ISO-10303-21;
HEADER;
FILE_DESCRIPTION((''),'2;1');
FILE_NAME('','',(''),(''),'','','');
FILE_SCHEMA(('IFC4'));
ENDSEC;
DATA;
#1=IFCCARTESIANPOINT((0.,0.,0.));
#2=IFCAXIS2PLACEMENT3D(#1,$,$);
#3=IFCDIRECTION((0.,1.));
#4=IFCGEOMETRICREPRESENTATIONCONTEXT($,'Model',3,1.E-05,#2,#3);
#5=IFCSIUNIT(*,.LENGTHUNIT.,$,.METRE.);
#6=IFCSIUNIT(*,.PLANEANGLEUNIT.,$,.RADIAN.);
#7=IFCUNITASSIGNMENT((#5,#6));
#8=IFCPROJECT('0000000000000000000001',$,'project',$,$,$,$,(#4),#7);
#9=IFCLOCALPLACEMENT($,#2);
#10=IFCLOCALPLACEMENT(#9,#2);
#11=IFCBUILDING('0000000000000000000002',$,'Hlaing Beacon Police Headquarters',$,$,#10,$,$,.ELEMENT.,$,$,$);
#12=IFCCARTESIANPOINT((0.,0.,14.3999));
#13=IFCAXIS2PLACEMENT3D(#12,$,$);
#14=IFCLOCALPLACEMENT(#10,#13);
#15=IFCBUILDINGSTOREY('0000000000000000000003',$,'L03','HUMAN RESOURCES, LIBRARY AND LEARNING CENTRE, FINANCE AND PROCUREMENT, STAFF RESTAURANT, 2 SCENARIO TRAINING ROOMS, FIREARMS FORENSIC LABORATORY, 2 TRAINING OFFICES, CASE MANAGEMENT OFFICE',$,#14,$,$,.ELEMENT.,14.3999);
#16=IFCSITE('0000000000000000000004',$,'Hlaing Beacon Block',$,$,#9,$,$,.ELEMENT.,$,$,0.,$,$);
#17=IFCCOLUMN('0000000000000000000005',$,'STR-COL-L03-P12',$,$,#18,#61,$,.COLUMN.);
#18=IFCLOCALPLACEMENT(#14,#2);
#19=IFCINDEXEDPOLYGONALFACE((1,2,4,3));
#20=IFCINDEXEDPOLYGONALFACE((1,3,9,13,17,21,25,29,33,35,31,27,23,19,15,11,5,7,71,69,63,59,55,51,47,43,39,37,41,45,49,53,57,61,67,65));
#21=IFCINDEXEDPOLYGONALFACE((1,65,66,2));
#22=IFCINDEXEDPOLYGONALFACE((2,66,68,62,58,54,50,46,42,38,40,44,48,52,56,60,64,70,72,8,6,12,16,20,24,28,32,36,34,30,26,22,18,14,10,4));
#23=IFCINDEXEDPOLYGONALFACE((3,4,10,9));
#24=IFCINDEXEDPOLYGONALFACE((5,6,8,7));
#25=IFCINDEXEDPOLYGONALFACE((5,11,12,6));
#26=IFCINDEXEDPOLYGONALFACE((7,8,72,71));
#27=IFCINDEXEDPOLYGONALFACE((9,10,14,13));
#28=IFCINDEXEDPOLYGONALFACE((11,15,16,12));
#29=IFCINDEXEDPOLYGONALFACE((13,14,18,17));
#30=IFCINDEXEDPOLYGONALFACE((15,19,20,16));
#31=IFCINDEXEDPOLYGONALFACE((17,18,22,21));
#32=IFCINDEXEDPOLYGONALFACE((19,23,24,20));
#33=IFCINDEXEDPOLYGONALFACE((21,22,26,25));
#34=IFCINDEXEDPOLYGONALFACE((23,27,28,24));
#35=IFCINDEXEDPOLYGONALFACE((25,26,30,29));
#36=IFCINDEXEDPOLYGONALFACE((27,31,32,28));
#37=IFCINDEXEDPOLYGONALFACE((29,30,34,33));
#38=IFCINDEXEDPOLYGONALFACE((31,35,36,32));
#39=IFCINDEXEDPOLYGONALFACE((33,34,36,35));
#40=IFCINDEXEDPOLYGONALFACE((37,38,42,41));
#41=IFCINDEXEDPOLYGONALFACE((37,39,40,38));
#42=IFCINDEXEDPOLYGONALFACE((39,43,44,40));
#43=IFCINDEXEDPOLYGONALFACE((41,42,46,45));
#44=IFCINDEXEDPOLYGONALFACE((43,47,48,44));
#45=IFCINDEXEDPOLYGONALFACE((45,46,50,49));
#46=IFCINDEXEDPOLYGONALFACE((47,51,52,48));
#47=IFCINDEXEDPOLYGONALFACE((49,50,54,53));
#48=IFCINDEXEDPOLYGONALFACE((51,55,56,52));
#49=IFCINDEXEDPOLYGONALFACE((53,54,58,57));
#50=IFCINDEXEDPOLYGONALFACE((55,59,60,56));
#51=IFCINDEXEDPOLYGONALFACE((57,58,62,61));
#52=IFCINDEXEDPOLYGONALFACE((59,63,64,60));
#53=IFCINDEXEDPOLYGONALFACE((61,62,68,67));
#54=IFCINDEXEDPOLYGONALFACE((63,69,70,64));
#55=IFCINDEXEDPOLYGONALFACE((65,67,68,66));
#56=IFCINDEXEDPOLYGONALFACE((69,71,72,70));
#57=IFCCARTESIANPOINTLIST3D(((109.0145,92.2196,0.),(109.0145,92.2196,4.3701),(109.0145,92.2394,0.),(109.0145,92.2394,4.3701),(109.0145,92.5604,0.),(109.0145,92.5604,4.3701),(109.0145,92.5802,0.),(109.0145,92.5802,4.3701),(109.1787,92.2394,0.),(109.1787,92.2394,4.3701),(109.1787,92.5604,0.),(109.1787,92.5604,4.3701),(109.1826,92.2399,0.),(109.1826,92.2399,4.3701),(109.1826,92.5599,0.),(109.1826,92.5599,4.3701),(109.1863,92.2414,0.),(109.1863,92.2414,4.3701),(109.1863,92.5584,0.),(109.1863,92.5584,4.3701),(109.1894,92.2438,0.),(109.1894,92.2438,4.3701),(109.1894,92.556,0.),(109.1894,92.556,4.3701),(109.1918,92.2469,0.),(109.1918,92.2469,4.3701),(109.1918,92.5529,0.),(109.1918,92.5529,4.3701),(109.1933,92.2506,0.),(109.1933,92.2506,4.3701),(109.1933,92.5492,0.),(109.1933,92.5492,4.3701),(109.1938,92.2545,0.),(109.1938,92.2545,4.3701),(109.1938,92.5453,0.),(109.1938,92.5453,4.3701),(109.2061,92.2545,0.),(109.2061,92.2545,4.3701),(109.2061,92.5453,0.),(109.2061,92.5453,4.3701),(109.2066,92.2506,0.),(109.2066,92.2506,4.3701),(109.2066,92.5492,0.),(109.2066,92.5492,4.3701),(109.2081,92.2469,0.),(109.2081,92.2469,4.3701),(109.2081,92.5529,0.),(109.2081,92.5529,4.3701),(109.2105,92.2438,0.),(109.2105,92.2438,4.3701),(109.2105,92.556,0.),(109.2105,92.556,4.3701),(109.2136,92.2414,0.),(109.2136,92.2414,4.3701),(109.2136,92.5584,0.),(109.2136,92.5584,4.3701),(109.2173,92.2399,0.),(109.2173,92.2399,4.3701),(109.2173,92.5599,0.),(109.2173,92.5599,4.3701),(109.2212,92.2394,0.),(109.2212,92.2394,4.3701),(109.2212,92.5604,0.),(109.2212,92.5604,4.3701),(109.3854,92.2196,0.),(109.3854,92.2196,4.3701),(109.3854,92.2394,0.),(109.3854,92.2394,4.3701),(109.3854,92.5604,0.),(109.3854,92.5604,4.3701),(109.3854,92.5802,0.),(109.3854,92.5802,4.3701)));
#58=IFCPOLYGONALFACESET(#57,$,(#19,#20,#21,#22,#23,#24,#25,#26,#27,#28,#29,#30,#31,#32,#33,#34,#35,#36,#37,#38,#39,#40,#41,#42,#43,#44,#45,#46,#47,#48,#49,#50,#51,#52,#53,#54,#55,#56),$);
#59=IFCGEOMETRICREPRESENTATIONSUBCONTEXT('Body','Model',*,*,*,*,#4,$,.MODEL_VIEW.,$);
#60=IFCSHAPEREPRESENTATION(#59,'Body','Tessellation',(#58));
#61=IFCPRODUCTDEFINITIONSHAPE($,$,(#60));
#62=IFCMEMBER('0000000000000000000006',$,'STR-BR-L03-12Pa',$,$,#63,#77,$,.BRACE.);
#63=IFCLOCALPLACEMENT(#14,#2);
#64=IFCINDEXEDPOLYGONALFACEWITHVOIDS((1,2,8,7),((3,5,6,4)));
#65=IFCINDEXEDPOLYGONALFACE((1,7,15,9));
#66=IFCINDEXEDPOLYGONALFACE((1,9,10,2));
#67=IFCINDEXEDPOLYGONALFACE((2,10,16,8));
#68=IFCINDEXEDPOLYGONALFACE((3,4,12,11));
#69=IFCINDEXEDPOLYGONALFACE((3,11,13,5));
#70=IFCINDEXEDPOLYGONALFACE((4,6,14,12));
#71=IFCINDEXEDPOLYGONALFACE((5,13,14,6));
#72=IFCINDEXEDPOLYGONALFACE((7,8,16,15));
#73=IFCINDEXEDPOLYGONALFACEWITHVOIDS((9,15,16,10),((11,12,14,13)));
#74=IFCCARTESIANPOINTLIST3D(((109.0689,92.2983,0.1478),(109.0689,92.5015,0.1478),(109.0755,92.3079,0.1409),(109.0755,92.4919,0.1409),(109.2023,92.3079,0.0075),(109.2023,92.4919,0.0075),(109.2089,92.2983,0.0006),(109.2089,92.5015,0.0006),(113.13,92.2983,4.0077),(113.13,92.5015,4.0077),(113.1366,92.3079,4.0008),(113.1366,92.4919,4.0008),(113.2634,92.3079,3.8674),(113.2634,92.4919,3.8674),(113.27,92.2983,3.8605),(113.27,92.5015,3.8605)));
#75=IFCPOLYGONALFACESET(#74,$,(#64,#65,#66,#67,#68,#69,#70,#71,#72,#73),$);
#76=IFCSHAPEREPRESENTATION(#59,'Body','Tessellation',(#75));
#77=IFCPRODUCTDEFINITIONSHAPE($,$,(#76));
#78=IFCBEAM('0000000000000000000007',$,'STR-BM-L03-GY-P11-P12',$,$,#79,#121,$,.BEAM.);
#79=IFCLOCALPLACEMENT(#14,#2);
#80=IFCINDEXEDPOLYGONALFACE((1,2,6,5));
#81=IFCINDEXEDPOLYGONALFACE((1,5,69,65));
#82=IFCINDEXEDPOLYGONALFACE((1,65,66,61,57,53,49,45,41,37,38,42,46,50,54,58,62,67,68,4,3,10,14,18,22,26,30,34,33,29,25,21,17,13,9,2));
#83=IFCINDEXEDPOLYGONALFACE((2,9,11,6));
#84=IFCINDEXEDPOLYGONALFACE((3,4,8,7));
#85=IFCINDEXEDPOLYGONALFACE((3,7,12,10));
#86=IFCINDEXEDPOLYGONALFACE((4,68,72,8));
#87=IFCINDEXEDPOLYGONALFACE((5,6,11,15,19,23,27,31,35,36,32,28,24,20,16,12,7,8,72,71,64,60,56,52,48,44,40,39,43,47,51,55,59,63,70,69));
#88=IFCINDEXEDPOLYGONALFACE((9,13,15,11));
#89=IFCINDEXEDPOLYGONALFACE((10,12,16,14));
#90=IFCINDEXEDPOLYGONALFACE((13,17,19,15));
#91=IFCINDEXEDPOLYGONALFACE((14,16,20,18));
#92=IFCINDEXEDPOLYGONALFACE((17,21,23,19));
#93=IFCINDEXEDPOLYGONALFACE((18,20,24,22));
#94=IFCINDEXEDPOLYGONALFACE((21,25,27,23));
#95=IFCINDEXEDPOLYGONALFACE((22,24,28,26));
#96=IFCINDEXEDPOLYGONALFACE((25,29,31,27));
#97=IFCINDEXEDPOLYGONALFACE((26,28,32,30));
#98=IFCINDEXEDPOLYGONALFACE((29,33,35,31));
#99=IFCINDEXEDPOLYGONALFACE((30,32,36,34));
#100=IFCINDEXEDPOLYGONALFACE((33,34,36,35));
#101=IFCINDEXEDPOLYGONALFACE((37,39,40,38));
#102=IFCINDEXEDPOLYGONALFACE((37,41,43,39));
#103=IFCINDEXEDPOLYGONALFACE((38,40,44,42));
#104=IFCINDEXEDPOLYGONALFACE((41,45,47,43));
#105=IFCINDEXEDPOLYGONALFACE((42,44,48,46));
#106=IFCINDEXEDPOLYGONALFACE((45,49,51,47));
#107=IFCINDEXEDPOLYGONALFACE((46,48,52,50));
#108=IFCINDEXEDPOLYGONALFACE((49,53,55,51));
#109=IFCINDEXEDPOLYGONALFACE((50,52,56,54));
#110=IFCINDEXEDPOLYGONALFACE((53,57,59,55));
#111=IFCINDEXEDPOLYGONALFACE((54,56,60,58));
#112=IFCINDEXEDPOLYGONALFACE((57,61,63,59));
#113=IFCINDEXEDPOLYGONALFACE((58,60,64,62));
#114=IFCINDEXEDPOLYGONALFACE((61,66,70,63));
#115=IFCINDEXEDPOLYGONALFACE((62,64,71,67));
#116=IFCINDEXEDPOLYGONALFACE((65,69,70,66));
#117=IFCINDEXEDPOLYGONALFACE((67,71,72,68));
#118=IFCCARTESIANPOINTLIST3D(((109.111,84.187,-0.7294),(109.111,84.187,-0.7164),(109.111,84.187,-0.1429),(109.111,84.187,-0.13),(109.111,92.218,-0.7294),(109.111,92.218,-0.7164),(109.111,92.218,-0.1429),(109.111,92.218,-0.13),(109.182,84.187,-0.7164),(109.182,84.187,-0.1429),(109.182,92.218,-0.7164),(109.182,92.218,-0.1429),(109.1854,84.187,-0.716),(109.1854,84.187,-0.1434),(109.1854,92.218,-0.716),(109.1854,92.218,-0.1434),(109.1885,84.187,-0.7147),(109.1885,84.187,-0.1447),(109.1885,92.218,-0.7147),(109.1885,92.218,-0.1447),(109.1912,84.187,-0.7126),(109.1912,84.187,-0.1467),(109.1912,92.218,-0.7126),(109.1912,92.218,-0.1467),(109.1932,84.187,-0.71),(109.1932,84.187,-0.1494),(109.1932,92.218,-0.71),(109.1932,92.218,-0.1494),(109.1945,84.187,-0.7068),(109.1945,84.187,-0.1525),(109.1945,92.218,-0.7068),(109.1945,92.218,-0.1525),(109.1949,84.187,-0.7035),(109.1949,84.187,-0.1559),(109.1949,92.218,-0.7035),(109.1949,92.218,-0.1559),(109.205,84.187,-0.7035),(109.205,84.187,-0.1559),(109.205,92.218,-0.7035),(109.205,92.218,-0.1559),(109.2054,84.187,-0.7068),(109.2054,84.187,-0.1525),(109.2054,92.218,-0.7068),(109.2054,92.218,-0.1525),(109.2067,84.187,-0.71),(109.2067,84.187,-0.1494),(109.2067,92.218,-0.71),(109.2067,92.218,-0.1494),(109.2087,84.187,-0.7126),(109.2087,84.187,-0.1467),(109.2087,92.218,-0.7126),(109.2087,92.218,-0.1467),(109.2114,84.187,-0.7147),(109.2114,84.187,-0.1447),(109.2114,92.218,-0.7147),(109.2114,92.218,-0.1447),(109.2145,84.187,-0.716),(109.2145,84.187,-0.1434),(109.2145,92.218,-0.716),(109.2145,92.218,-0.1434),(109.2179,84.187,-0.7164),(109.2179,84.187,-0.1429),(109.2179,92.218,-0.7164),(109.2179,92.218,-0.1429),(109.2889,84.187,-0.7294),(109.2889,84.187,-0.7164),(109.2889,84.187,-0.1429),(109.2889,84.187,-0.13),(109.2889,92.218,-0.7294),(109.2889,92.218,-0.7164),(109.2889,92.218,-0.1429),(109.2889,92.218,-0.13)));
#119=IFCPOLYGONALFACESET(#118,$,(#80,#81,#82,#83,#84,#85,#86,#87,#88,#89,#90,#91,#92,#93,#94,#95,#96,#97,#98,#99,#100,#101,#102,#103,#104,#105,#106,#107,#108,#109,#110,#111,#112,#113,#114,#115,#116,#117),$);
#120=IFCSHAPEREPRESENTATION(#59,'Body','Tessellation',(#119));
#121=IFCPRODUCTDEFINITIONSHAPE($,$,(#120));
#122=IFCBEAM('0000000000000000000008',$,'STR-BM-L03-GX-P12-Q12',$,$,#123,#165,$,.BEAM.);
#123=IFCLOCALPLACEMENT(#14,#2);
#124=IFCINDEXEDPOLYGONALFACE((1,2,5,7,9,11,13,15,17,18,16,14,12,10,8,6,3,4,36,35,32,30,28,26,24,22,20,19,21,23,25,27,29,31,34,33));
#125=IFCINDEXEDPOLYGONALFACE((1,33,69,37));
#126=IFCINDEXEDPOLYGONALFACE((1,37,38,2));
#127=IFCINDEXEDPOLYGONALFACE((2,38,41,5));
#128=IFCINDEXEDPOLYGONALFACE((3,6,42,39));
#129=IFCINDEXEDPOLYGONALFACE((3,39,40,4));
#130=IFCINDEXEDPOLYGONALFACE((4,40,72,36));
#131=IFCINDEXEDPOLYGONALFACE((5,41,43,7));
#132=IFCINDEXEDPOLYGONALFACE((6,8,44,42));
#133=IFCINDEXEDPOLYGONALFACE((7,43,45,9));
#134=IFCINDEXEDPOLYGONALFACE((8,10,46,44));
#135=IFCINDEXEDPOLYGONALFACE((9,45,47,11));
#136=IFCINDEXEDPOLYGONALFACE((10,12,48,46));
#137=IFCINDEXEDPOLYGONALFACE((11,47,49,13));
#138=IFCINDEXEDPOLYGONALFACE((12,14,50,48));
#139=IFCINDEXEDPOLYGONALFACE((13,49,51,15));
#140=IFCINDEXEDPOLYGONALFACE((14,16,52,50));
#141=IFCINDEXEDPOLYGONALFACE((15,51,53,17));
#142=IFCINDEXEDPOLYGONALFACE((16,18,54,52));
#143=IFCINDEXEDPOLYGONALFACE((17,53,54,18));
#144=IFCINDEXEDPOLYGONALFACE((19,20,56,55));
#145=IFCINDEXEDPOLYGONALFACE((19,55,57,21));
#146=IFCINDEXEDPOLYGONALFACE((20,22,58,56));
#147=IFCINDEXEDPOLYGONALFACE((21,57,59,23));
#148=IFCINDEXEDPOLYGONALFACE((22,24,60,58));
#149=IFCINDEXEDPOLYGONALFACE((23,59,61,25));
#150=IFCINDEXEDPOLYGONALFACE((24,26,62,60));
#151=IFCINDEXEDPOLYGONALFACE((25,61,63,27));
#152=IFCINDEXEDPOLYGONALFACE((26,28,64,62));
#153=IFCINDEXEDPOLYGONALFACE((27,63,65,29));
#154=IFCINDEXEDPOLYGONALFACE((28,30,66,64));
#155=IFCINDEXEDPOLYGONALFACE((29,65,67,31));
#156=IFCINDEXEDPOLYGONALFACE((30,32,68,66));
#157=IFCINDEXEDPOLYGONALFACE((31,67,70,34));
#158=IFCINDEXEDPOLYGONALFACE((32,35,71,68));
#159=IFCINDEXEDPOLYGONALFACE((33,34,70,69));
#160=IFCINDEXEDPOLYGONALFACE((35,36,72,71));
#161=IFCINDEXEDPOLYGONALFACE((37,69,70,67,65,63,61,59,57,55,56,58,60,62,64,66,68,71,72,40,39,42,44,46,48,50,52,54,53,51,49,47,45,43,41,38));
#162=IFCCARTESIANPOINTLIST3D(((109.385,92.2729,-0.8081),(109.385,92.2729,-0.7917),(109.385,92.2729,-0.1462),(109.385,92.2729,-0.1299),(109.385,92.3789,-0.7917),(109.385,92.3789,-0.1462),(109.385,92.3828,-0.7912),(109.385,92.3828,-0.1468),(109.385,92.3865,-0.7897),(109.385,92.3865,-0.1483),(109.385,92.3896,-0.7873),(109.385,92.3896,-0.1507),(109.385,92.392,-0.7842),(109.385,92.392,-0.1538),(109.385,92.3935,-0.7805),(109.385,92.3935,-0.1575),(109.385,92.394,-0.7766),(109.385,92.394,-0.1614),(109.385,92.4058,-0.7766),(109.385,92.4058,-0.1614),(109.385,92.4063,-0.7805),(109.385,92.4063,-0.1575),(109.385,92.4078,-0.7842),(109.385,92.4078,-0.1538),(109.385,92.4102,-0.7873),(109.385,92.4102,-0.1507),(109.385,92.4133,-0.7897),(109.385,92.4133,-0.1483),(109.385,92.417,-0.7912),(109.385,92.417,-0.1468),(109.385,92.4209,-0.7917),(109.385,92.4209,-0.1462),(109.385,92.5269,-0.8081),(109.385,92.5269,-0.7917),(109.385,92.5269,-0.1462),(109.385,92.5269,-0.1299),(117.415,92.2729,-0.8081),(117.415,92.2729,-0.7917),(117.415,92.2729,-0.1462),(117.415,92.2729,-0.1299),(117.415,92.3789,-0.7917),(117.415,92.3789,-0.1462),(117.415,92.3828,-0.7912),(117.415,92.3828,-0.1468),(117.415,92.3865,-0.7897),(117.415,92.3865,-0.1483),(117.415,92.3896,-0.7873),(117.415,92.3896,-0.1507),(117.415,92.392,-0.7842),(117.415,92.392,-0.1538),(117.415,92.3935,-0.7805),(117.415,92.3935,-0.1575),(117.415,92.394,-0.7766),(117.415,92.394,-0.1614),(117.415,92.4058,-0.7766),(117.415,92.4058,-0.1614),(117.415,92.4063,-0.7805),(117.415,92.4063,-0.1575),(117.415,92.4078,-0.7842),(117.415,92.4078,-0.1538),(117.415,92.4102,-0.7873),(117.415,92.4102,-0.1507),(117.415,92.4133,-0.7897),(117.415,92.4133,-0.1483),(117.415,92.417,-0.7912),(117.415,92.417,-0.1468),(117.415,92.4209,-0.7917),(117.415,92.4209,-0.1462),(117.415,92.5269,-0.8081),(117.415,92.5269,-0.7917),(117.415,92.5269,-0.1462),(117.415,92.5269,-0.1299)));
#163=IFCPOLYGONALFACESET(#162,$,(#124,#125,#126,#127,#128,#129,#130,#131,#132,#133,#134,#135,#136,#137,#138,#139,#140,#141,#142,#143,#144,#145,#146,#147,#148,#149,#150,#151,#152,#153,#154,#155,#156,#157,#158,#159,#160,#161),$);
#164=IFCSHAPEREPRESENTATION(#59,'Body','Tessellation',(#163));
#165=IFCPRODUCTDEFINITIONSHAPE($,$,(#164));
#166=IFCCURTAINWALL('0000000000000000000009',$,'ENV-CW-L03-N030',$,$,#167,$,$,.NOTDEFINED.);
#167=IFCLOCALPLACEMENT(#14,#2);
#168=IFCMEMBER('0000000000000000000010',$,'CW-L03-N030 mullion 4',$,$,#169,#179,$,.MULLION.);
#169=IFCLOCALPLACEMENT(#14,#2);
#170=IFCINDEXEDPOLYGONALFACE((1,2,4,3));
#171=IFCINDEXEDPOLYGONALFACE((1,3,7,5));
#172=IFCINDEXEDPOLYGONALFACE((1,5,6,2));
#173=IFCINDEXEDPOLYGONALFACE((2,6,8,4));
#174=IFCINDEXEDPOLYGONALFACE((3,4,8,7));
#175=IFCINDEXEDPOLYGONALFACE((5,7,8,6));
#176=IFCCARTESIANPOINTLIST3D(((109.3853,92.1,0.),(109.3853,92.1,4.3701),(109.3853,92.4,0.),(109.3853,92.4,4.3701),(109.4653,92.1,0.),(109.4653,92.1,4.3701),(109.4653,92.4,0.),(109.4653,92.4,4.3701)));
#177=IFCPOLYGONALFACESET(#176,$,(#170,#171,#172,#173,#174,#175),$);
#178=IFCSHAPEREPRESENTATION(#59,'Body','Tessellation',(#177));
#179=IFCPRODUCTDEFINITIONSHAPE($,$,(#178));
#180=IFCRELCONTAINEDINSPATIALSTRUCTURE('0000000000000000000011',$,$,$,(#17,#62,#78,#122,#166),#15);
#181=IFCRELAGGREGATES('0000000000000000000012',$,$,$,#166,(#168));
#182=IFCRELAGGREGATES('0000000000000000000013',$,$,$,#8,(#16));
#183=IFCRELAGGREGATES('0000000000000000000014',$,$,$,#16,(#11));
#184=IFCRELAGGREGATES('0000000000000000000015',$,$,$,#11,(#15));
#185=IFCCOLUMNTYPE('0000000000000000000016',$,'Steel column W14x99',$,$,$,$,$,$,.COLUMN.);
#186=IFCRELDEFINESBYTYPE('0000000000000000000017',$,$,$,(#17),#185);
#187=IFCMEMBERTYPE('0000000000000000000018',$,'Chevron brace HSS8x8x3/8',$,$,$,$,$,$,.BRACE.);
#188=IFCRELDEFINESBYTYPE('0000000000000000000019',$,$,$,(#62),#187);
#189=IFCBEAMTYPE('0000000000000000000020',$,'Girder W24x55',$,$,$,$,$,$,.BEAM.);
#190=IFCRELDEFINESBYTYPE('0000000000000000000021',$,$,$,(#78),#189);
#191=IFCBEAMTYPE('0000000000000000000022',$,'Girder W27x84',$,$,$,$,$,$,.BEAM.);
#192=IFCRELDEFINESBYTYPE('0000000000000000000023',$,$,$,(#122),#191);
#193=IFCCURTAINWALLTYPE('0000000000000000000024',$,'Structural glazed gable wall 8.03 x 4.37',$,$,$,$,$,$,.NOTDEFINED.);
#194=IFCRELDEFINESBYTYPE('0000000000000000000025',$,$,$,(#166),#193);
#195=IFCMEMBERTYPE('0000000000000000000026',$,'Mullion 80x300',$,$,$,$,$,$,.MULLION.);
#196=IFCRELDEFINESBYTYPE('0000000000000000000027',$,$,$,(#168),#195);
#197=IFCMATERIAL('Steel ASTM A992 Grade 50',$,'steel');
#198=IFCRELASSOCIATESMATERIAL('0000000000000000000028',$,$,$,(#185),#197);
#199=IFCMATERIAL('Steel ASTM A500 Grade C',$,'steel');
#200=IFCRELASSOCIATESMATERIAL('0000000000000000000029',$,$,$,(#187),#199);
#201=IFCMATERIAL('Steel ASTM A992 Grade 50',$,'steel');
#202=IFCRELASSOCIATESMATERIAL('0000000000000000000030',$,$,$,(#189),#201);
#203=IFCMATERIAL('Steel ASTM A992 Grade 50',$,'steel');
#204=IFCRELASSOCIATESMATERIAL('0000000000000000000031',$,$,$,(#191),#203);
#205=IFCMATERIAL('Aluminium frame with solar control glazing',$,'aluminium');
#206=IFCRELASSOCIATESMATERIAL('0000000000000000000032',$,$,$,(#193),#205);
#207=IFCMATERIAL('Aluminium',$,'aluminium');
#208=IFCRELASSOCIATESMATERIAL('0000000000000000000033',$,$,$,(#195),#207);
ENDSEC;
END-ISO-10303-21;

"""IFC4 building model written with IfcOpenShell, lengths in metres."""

from ifc_helpers import new_model, si_unit, direction, frame, origin, origin_2d, place, context, subcontext, project, spatial, rectangle, hollow_rectangle, i_section, extrude, material, material_profile, profile_set, type_object, element, aggregate, save


model = new_model("IFC4")

# Units and contexts
model_context = context("Model", 3, precision=1e-05, world=origin(), true_north=direction((0.0, 1.0)))
body_context = subcontext(model_context, "Body", "Model", "MODEL_VIEW")
ifc_project = project(units=[si_unit("LENGTHUNIT", "METRE"), si_unit("PLANEANGLEUNIT", "RADIAN")], contexts=[model_context])

# Site, building, storey
site_placement = place(None, origin())
site = spatial("IfcSite", under=ifc_project, at=site_placement, Name="Hlaing Beacon Block", CompositionType="ELEMENT", RefElevation=0.0)
building_placement = place(site_placement, origin())
building = spatial("IfcBuilding", under=site, at=building_placement, Name="Hlaing Beacon Police Headquarters", CompositionType="ELEMENT")
storey_placement = place(building_placement, frame((0.0, 0.0, 14.3999)))
storey = spatial("IfcBuildingStorey", under=building, at=storey_placement, Name="L03", Description="HUMAN RESOURCES, LIBRARY AND LEARNING CENTRE, FINANCE AND PROCUREMENT, STAFF RESTAURANT, 2 SCENARIO TRAINING ROOMS, FIREARMS FORENSIC LABORATORY, 2 TRAINING OFFICES, CASE MANAGEMENT OFFICE", CompositionType="ELEMENT", Elevation=14.3999)

# Column
ifc_material_1 = material(Name="Steel ASTM A992 Grade 50", Category="steel")
ifc_material_profile_1 = material_profile(ifc_material_1, i_section(OverallWidth=0.3708, OverallDepth=0.3606, WebThickness=0.0122, FlangeThickness=0.0198, FilletRadius=0.0151, at=origin_2d()), Name="W14x99")
ifc_profile_set_1 = profile_set([ifc_material_profile_1], Name="Steel ASTM A992 Grade 50")
column_type = type_object("IfcColumnType", Name="Steel column W14x99", PredefinedType="COLUMN", material=ifc_profile_set_1)
column_placement = place(storey_placement, frame((109.2, 92.3999, 0.0), z_axis=(0.0, 0.0, 1.0), x_axis=(1.0, 0.0, 0.0)))
element("IfcColumn", 1, at=column_placement, inside=storey, type_object=column_type, Name="STR-COL-L03-P12", PredefinedType="COLUMN", context=body_context, shape_type="SweptSolid", body=[
    extrude(i_section(OverallWidth=0.3708, OverallDepth=0.3606, WebThickness=0.0122, FlangeThickness=0.0198, FilletRadius=0.0151, at=origin_2d()), origin(), (0.0, 0.0, 1.0), 4.3701),
])

# Member
ifc_material_2 = material(Name="Steel ASTM A500 Grade C", Category="steel")
ifc_material_profile_2 = material_profile(ifc_material_2, hollow_rectangle(XDim=0.2031, YDim=0.2031, WallThickness=0.0095, at=origin_2d()), Name="HSS8x8x3/8")
ifc_profile_set_2 = profile_set([ifc_material_profile_2], Name="Steel ASTM A500 Grade C")
member_type_1 = type_object("IfcMemberType", Name="Chevron brace HSS8x8x3/8", PredefinedType="BRACE", material=ifc_profile_set_2)
member_1_placement = place(storey_placement, frame((109.1389, 92.3999, 0.0742), z_axis=(0.724832, 0.0, 0.688926), x_axis=(0.0, 1.0, 0.0)))
element("IfcMember", 2, at=member_1_placement, inside=storey, type_object=member_type_1, Name="STR-BR-L03-12Pa", PredefinedType="BRACE", context=body_context, shape_type="SweptSolid", body=[
    extrude(hollow_rectangle(XDim=0.2031, YDim=0.2031, WallThickness=0.0095, at=origin_2d()), origin(), (0.0, 0.0, 1.0), 5.6028),
])

# Beams
ifc_material_3 = material(Name="Steel ASTM A992 Grade 50", Category="steel")
ifc_material_profile_3 = material_profile(ifc_material_3, i_section(OverallWidth=0.178, OverallDepth=0.5994, WebThickness=0.01, FlangeThickness=0.0129, FilletRadius=0.0129, at=origin_2d()), Name="W24x55")
ifc_profile_set_3 = profile_set([ifc_material_profile_3], Name="Steel ASTM A992 Grade 50")
beam_type_1 = type_object("IfcBeamType", Name="Girder W24x55", PredefinedType="BEAM", material=ifc_profile_set_3)
beam_1_placement = place(storey_placement, frame((109.2, 84.187, -0.4297), z_axis=(0.0, 1.0, 0.0), x_axis=(-1.0, 0.0, 0.0)))
element("IfcBeam", 3, at=beam_1_placement, inside=storey, type_object=beam_type_1, Name="STR-BM-L03-GY-P11-P12", PredefinedType="BEAM", context=body_context, shape_type="SweptSolid", body=[
    extrude(i_section(OverallWidth=0.178, OverallDepth=0.5994, WebThickness=0.01, FlangeThickness=0.0129, FilletRadius=0.0129, at=origin_2d()), origin(), (0.0, 0.0, 1.0), 8.031),
])
ifc_material_4 = material(Name="Steel ASTM A992 Grade 50", Category="steel")
ifc_material_profile_4 = material_profile(ifc_material_4, i_section(OverallWidth=0.2539, OverallDepth=0.6782, WebThickness=0.0117, FlangeThickness=0.0164, FilletRadius=0.0151, at=origin_2d()), Name="W27x84")
ifc_profile_set_4 = profile_set([ifc_material_profile_4], Name="Steel ASTM A992 Grade 50")
beam_type_2 = type_object("IfcBeamType", Name="Girder W27x84", PredefinedType="BEAM", material=ifc_profile_set_4)
beam_2_placement = place(storey_placement, frame((109.385, 92.3999, -0.469), z_axis=(1.0, 0.0, 0.0), x_axis=(0.0, 1.0, 0.0)))
element("IfcBeam", 4, at=beam_2_placement, inside=storey, type_object=beam_type_2, Name="STR-BM-L03-GX-P12-Q12", PredefinedType="BEAM", context=body_context, shape_type="SweptSolid", body=[
    extrude(i_section(OverallWidth=0.2539, OverallDepth=0.6782, WebThickness=0.0117, FlangeThickness=0.0164, FilletRadius=0.0151, at=origin_2d()), origin(), (0.0, 0.0, 1.0), 8.03),
])

# Curtain wall, member
ifc_material_5 = material(Name="Aluminium frame with solar control glazing", Category="aluminium")
curtain_wall_type_1 = type_object("IfcCurtainWallType", Name="Structural glazed gable wall 8.03 x 4.37", PredefinedType="NOTDEFINED", material=ifc_material_5)
curtain_wall_1_placement = place(storey_placement, origin())
curtain_wall_1 = element("IfcCurtainWall", 5, at=curtain_wall_1_placement, inside=storey, type_object=curtain_wall_type_1, Name="ENV-CW-L03-N030", PredefinedType="NOTDEFINED")
ifc_material_6 = material(Name="Aluminium", Category="aluminium")
ifc_material_profile_5 = material_profile(ifc_material_6, rectangle(XDim=0.3, YDim=0.0801, at=origin_2d()), Name="Mullion 80x300")
ifc_profile_set_5 = profile_set([ifc_material_profile_5], Name="Aluminium")
member_type_2 = type_object("IfcMemberType", Name="Mullion 80x300", PredefinedType="MULLION", material=ifc_profile_set_5)
member_2_placement = place(storey_placement, frame((109.4253, 92.25, 0.0), z_axis=(0.0, 0.0, 1.0), x_axis=(0.0, -1.0, 0.0)))
member_2 = element("IfcMember", 6, at=member_2_placement, type_object=member_type_2, Name="CW-L03-N030 mullion 4", PredefinedType="MULLION", context=body_context, shape_type="SweptSolid", body=[
    extrude(rectangle(XDim=0.3, YDim=0.0801, at=origin_2d()), origin(), (0.0, 0.0, 1.0), 4.3701),
])
aggregate(curtain_wall_1, [member_2])

save(model, "model.ifc")
